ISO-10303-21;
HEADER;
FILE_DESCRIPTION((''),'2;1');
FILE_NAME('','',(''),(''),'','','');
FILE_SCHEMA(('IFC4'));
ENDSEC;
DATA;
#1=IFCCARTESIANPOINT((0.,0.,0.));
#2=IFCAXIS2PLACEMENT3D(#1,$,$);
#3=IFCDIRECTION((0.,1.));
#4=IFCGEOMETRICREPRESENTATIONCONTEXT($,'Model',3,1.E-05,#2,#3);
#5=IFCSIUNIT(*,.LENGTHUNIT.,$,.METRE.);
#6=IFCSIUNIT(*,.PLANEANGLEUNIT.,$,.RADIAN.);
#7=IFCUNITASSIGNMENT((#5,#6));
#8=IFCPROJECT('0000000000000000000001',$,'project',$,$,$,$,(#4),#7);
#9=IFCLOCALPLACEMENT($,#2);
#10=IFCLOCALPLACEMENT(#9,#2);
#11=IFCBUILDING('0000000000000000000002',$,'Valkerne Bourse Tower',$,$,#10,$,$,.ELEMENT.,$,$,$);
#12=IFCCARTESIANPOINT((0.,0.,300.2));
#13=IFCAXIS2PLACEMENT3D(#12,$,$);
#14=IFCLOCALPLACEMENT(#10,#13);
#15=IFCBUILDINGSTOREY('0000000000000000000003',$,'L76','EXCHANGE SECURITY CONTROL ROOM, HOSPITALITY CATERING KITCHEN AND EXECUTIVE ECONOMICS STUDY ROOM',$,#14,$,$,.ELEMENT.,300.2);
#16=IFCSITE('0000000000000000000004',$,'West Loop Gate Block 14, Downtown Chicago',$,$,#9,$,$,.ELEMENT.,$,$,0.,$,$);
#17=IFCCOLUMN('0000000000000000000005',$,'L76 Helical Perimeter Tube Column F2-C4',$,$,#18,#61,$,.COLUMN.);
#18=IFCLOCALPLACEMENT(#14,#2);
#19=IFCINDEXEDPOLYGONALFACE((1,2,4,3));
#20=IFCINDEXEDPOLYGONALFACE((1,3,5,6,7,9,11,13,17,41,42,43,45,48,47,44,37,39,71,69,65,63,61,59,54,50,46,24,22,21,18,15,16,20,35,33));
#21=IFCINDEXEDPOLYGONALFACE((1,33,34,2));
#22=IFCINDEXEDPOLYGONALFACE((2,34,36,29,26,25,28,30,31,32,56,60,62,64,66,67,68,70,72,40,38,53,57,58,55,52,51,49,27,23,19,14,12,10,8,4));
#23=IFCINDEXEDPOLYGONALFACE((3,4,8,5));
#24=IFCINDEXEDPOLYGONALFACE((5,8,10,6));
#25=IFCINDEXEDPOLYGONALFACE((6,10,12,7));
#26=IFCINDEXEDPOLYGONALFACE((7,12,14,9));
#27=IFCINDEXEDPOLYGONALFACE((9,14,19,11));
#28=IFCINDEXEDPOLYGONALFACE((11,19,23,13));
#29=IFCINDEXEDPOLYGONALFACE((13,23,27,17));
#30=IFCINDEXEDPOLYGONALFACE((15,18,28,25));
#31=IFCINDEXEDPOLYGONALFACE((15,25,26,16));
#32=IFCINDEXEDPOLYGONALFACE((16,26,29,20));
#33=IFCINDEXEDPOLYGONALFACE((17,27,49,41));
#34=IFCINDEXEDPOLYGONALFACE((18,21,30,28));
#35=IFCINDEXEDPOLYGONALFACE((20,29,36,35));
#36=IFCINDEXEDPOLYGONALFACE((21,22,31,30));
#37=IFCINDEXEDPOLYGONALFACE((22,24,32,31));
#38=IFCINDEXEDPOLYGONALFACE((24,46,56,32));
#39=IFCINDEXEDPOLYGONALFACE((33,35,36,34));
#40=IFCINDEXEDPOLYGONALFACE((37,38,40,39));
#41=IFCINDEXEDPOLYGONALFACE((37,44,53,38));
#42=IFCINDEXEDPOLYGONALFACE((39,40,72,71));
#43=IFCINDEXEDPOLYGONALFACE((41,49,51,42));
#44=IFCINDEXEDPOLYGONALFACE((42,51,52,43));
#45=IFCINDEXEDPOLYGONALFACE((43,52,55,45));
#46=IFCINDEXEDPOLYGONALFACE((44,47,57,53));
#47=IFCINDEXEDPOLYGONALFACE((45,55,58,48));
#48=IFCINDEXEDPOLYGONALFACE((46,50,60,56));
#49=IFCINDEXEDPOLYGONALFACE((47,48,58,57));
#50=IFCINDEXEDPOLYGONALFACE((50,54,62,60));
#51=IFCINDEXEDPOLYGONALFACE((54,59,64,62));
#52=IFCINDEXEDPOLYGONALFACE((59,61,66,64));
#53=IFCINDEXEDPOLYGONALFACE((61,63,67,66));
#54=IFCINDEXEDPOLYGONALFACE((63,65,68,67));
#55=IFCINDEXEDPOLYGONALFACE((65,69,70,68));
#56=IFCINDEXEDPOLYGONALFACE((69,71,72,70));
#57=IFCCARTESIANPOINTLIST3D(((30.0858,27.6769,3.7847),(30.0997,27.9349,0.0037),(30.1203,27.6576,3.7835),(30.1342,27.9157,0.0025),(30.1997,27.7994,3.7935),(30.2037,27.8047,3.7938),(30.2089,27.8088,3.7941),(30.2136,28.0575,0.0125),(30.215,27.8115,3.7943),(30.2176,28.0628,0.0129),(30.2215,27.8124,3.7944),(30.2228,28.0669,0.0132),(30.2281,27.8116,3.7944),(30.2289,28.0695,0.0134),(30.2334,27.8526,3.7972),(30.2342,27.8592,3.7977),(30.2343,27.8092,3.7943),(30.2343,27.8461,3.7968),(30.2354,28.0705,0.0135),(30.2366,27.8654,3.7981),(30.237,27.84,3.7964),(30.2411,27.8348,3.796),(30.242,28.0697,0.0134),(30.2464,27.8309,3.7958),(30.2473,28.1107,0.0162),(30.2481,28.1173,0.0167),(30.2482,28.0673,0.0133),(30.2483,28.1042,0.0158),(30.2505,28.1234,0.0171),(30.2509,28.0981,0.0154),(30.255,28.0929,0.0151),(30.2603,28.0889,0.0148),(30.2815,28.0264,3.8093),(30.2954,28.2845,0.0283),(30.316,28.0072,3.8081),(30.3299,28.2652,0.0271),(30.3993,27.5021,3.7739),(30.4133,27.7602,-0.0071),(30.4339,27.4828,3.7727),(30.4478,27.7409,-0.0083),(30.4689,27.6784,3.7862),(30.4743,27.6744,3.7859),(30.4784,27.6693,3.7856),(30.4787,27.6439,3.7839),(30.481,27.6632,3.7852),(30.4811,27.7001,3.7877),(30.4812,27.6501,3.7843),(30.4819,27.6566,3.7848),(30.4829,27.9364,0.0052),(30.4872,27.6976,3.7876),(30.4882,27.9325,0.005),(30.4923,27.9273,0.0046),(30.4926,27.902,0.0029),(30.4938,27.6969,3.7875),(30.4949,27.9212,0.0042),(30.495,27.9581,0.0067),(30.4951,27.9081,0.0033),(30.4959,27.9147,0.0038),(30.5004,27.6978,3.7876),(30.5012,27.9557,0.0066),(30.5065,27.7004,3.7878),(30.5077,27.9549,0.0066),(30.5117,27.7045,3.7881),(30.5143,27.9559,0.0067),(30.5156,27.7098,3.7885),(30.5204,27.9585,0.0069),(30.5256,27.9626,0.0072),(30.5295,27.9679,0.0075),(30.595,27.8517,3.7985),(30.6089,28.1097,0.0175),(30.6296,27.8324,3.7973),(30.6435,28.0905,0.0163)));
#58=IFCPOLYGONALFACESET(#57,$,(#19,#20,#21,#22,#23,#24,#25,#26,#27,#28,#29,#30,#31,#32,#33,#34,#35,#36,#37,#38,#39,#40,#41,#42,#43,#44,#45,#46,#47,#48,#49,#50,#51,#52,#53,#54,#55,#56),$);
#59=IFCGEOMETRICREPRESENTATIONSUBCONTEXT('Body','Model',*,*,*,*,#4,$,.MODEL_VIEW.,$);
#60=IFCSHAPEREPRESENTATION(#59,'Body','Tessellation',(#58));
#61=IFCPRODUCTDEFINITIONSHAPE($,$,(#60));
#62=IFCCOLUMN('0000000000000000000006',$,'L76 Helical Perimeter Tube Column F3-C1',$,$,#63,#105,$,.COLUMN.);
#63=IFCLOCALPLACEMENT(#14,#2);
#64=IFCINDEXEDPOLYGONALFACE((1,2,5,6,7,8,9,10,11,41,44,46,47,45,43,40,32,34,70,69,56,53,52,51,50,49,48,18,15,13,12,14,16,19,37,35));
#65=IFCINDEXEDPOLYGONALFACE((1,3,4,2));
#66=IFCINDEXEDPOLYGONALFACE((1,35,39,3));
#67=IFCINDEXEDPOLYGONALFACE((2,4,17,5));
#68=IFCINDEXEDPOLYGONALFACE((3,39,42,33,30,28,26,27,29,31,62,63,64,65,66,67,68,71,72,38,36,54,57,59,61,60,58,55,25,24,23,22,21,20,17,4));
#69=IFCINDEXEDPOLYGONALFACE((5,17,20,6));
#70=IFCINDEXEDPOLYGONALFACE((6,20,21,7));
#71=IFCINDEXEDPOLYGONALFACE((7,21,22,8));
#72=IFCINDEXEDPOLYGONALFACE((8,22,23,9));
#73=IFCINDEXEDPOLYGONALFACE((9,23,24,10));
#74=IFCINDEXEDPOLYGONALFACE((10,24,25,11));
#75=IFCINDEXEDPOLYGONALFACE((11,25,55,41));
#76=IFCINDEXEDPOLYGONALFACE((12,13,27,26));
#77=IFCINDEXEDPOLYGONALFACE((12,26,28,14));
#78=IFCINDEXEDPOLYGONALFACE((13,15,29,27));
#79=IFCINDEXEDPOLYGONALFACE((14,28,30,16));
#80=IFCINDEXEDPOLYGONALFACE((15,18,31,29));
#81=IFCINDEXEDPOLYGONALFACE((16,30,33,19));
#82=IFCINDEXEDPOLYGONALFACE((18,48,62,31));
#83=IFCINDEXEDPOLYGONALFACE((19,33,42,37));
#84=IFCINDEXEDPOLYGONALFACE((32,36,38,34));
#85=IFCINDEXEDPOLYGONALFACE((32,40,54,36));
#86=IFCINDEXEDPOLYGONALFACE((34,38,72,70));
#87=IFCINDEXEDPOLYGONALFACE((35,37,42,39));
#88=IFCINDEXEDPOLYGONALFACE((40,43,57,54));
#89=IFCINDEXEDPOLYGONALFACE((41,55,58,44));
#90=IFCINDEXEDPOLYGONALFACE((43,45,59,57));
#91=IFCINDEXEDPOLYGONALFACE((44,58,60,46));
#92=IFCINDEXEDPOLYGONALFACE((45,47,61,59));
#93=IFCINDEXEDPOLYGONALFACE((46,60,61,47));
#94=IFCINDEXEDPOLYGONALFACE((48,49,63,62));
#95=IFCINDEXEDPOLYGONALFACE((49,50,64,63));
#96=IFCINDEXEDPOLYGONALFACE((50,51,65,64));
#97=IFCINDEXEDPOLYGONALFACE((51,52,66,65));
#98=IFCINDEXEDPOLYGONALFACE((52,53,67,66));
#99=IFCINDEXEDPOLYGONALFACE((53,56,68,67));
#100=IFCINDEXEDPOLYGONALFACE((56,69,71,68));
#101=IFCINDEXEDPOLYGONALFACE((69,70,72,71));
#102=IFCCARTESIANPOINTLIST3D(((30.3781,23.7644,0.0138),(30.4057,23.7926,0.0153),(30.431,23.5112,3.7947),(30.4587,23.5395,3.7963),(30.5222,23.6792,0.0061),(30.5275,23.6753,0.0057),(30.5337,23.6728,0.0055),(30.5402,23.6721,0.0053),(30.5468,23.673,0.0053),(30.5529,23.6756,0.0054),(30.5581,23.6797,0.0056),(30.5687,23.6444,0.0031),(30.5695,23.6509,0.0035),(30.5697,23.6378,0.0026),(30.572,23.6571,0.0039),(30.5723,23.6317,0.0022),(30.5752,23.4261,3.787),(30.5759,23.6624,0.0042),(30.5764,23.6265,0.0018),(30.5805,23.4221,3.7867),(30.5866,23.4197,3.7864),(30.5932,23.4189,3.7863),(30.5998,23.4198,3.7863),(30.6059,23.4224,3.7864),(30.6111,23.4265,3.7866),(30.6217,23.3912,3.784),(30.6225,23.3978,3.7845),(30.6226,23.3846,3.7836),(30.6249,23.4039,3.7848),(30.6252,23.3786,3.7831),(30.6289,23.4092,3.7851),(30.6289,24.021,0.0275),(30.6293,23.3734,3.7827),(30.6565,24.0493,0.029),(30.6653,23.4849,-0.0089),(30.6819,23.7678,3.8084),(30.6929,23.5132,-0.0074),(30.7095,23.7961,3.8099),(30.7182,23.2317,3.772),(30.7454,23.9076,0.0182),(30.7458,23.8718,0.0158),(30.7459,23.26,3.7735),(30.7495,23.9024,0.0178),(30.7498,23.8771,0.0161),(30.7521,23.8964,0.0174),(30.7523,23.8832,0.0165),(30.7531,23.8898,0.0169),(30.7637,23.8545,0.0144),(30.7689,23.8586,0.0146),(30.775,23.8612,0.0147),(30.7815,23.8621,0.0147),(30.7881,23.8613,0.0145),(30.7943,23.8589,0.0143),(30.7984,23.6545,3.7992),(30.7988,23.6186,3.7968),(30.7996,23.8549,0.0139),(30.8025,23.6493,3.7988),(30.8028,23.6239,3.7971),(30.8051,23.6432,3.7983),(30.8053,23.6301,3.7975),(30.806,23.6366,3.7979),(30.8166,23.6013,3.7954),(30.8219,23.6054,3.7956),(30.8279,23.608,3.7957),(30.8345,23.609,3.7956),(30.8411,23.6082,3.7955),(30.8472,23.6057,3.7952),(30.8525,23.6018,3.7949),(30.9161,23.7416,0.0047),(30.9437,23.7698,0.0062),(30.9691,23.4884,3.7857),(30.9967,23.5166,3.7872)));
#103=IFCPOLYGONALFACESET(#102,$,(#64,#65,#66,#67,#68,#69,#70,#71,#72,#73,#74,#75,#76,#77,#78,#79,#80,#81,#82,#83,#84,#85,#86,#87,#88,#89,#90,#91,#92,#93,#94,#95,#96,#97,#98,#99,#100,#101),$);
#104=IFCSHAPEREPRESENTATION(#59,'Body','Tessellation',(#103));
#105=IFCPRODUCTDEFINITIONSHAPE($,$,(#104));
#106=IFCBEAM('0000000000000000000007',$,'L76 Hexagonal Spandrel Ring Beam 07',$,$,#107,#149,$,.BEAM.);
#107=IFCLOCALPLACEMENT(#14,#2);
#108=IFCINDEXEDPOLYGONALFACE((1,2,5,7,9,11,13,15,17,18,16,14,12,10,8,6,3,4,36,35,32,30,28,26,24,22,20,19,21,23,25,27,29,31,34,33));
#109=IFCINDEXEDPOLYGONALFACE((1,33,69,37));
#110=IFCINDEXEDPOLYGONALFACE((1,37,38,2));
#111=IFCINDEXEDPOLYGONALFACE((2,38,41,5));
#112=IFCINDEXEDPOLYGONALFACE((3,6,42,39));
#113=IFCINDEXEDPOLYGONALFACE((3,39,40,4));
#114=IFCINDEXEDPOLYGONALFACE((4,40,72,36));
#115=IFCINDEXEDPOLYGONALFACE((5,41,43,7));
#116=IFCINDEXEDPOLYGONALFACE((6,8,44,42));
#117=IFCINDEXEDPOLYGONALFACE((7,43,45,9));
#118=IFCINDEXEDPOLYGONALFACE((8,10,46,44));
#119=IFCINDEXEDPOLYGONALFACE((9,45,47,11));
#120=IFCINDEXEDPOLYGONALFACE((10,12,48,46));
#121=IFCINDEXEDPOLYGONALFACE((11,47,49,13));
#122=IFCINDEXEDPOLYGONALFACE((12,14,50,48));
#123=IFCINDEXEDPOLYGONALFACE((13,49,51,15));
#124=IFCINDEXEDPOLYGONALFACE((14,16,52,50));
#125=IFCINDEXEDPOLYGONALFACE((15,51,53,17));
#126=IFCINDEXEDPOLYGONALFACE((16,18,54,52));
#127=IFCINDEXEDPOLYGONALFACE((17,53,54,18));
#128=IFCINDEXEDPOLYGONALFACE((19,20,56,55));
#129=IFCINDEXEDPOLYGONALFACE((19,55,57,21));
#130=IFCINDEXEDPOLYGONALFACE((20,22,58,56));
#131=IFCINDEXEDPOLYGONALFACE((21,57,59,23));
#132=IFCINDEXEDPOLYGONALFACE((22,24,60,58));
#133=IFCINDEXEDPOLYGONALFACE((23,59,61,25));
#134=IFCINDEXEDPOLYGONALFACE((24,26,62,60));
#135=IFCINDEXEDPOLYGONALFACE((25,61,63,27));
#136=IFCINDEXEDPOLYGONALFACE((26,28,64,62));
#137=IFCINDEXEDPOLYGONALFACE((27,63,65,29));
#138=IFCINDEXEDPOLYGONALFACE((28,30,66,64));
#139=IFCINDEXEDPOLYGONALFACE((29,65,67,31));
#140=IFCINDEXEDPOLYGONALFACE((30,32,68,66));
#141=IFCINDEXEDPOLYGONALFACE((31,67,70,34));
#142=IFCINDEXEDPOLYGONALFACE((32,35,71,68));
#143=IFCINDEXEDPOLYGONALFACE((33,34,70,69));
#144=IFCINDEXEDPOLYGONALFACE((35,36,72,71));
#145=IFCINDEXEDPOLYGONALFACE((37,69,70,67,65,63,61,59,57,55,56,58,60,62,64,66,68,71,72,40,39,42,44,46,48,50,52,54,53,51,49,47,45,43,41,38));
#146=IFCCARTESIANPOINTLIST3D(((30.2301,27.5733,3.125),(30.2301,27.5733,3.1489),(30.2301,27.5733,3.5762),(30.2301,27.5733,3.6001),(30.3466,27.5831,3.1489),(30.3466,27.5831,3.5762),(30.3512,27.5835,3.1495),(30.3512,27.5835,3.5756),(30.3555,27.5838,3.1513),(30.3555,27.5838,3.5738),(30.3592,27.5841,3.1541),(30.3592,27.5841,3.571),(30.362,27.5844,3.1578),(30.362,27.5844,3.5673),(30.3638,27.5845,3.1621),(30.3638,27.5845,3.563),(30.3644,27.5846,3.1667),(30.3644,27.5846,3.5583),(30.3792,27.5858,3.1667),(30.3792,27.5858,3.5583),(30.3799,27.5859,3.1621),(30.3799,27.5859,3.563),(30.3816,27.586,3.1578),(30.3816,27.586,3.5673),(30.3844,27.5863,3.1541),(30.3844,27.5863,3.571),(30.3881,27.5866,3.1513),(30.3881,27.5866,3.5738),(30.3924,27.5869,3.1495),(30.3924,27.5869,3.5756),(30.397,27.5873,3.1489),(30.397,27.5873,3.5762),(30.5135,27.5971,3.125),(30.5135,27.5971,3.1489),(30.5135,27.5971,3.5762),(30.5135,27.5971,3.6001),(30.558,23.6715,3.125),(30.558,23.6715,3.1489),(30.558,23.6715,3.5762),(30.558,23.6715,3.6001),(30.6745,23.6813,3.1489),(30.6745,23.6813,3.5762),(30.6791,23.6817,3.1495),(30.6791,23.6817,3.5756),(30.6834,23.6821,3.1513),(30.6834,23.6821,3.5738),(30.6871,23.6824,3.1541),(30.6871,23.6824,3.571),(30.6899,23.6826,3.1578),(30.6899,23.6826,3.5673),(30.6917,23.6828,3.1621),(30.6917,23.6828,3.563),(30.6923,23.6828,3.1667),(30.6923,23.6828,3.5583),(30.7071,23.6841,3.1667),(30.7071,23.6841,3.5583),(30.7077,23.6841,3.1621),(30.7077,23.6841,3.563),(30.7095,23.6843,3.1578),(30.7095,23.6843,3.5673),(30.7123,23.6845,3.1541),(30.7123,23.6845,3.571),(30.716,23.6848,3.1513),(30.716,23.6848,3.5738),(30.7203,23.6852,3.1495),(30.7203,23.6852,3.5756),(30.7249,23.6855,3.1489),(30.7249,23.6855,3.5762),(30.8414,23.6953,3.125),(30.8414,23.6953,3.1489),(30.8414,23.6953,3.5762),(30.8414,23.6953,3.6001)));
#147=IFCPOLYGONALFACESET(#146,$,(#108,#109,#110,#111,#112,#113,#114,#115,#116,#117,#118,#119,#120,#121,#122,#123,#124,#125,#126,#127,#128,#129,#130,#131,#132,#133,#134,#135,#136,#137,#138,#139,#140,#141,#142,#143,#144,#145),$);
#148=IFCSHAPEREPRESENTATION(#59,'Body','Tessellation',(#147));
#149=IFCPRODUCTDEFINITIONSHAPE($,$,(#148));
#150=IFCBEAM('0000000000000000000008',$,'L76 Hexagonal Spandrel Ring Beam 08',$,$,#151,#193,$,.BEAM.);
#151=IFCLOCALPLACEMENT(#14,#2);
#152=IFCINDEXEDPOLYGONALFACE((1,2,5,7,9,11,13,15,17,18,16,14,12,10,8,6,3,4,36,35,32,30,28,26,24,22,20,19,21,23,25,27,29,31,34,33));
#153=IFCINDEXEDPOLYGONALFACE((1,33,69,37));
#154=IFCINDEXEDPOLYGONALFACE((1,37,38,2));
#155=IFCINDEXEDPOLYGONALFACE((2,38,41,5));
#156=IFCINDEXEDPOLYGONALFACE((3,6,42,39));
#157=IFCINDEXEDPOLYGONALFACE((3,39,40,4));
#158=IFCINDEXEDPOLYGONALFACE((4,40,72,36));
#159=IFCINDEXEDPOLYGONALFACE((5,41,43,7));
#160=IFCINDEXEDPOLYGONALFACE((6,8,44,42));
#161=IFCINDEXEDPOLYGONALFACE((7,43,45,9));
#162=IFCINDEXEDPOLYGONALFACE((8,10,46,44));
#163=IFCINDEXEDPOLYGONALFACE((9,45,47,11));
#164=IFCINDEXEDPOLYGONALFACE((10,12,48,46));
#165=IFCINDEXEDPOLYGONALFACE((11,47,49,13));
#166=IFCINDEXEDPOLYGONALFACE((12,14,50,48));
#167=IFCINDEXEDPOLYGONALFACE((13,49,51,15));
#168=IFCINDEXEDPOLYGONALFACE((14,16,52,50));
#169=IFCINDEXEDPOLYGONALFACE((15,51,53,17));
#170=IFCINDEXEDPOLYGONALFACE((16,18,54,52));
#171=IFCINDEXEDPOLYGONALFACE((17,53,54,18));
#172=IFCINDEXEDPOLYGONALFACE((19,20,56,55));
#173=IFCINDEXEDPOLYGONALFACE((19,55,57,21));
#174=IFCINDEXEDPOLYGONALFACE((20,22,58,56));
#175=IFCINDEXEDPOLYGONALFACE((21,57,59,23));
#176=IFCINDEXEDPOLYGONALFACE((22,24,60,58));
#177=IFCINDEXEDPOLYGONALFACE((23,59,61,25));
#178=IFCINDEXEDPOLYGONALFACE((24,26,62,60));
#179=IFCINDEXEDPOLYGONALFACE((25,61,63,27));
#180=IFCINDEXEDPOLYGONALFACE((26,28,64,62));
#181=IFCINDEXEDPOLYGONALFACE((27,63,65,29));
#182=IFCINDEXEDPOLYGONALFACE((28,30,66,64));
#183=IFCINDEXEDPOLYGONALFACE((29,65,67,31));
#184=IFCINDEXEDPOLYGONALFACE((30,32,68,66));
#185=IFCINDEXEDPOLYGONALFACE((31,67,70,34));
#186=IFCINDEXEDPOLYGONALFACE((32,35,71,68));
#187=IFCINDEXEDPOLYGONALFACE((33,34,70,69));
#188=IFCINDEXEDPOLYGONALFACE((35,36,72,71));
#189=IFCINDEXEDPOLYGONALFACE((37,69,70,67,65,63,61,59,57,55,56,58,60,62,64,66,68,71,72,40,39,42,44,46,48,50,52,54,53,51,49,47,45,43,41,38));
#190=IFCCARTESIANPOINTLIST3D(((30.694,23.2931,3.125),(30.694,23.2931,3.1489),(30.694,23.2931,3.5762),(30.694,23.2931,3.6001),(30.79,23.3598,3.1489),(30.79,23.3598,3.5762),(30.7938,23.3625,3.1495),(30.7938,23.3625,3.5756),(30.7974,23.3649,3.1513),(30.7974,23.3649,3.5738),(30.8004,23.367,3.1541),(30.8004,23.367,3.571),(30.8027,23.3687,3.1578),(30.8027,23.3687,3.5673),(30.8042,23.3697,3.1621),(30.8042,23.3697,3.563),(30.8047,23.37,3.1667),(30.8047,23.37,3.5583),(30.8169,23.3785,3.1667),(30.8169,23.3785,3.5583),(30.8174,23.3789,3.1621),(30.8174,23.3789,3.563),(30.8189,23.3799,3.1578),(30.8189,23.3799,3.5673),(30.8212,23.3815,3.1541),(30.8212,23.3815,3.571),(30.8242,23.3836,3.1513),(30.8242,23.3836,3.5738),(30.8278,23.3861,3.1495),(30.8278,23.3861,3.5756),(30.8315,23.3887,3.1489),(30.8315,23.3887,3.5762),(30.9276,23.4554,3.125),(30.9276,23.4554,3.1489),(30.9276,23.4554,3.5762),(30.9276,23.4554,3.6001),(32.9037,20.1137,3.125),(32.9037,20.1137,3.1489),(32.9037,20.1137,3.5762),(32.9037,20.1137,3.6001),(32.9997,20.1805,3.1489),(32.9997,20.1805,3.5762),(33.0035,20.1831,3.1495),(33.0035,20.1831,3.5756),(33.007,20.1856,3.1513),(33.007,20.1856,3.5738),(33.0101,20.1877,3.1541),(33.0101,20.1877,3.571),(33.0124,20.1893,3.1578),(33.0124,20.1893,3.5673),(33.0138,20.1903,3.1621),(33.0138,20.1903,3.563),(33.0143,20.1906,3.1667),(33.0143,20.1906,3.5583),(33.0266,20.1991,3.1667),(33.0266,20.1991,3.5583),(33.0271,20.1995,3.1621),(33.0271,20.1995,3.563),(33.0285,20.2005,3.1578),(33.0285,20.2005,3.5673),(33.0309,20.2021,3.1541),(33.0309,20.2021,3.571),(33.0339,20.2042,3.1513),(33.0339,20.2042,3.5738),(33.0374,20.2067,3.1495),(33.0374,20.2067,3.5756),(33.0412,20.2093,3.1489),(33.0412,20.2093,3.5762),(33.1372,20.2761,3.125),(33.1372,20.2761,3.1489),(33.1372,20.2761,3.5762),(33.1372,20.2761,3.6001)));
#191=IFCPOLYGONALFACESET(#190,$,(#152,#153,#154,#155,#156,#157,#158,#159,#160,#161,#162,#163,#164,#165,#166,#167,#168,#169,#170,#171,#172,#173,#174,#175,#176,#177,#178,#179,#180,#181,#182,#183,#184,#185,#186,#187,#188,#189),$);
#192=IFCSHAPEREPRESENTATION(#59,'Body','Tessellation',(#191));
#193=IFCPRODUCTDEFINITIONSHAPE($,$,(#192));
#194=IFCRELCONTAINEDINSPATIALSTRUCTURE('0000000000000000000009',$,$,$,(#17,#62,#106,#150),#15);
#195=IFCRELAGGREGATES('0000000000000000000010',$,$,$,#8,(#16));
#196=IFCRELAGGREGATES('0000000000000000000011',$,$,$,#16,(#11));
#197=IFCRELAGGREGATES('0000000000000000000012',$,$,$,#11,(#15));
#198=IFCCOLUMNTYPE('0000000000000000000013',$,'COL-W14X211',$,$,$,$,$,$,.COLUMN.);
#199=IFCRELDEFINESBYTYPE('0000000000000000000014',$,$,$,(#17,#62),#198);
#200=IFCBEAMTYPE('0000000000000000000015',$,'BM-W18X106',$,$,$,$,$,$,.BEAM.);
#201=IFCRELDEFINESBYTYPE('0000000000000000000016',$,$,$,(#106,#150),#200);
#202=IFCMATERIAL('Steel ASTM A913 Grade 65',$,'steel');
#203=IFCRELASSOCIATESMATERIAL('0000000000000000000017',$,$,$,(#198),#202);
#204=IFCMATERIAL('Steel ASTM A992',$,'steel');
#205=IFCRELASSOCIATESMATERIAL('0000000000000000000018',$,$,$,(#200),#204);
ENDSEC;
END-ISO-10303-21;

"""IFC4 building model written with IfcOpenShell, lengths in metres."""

from ifc_helpers import new_model, si_unit, direction, frame, origin, origin_2d, place, context, subcontext, project, spatial, i_section, extrude, material, material_profile, profile_set, type_object, element, save


model = new_model("IFC4")

# Units and contexts
model_context = context("Model", 3, precision=1e-05, world=origin(), true_north=direction((0.0, 1.0)))
body_context = subcontext(model_context, "Body", "Model", "MODEL_VIEW")
ifc_project = project(units=[si_unit("LENGTHUNIT", "METRE"), si_unit("PLANEANGLEUNIT", "RADIAN")], contexts=[model_context])

# Site, building, storey
site_placement = place(None, origin())
site = spatial("IfcSite", under=ifc_project, at=site_placement, Name="West Loop Gate Block 14, Downtown Chicago", CompositionType="ELEMENT", RefElevation=0.0)
building_placement = place(site_placement, origin())
building = spatial("IfcBuilding", under=site, at=building_placement, Name="Valkerne Bourse Tower", CompositionType="ELEMENT")
storey_placement = place(building_placement, frame((0.0, 0.0, 300.2)))
storey = spatial("IfcBuildingStorey", under=building, at=storey_placement, Name="L76", Description="EXCHANGE SECURITY CONTROL ROOM, HOSPITALITY CATERING KITCHEN AND EXECUTIVE ECONOMICS STUDY ROOM", CompositionType="ELEMENT", Elevation=300.2)

# Columns
ifc_material_1 = material(Name="Steel ASTM A913 Grade 65", Category="steel")
ifc_material_profile_1 = material_profile(ifc_material_1, i_section(OverallWidth=0.4014, OverallDepth=0.3987, WebThickness=0.0249, FlangeThickness=0.0396, FilletRadius=0.0254, at=origin_2d()), Name="W14X211")
ifc_profile_set_1 = profile_set([ifc_material_profile_1], Name="Steel ASTM A913 Grade 65")
column_type = type_object("IfcColumnType", Name="COL-W14X211", PredefinedType="COLUMN", material=ifc_profile_set_1)
for number, where, z_axis, x_axis, name in (
    (1, (30.3716, 28.0127, 0.01), (-0.003672, -0.068092, 0.997672), (-0.487545, -0.870948, -0.061237), "L76 Helical Perimeter Tube Column F2-C4"),
    (2, (30.6609, 23.7671, 0.01), (0.013979, -0.066803, 0.997668), (0.715528, -0.696283, -0.056649), "L76 Helical Perimeter Tube Column F3-C1"),
):
    element("IfcColumn", number, at=place(storey_placement, frame(where, z_axis=z_axis, x_axis=x_axis)), inside=storey, type_object=column_type, Name=name, PredefinedType="COLUMN", context=body_context, shape_type="SweptSolid", body=[
        extrude(i_section(OverallWidth=0.4014, OverallDepth=0.3987, WebThickness=0.0249, FlangeThickness=0.0396, FilletRadius=0.0254, at=origin_2d()), origin(), (0.0, 0.0, 1.0), 3.7898),
    ])

# Beams
ifc_material_2 = material(Name="Steel ASTM A992", Category="steel")
ifc_material_profile_2 = material_profile(ifc_material_2, i_section(OverallWidth=0.2844, OverallDepth=0.4751, WebThickness=0.0149, FlangeThickness=0.0239, FilletRadius=0.0178, at=origin_2d()), Name="W18X106")
ifc_profile_set_2 = profile_set([ifc_material_profile_2], Name="Steel ASTM A992")
beam_type = type_object("IfcBeamType", Name="BM-W18X106", PredefinedType="BEAM", material=ifc_profile_set_2)
beam_1_placement = place(storey_placement, frame((30.3718, 27.5852, 3.3625), z_axis=(0.083737, -0.996488, 0.0), x_axis=(0.996488, 0.083737, 0.0)))
element("IfcBeam", 3, at=beam_1_placement, inside=storey, type_object=beam_type, Name="L76 Hexagonal Spandrel Ring Beam 07", PredefinedType="BEAM", context=body_context, shape_type="SweptSolid", body=[
    extrude(i_section(OverallWidth=0.2844, OverallDepth=0.4751, WebThickness=0.0149, FlangeThickness=0.0239, FilletRadius=0.0178, at=origin_2d()), origin(), (0.0, 0.0, 1.0), 3.9155),
])
beam_2_placement = place(storey_placement, frame((30.8108, 23.3743, 3.3625), z_axis=(0.570704, -0.821156, 0.0), x_axis=(0.821156, 0.570704, 0.0)))
element("IfcBeam", 4, at=beam_2_placement, inside=storey, type_object=beam_type, Name="L76 Hexagonal Spandrel Ring Beam 08", PredefinedType="BEAM", context=body_context, shape_type="SweptSolid", body=[
    extrude(i_section(OverallWidth=0.2844, OverallDepth=0.4751, WebThickness=0.0149, FlangeThickness=0.0239, FilletRadius=0.0178, at=origin_2d()), origin(), (0.0, 0.0, 1.0), 3.8718),
])

save(model, "model.ifc")
